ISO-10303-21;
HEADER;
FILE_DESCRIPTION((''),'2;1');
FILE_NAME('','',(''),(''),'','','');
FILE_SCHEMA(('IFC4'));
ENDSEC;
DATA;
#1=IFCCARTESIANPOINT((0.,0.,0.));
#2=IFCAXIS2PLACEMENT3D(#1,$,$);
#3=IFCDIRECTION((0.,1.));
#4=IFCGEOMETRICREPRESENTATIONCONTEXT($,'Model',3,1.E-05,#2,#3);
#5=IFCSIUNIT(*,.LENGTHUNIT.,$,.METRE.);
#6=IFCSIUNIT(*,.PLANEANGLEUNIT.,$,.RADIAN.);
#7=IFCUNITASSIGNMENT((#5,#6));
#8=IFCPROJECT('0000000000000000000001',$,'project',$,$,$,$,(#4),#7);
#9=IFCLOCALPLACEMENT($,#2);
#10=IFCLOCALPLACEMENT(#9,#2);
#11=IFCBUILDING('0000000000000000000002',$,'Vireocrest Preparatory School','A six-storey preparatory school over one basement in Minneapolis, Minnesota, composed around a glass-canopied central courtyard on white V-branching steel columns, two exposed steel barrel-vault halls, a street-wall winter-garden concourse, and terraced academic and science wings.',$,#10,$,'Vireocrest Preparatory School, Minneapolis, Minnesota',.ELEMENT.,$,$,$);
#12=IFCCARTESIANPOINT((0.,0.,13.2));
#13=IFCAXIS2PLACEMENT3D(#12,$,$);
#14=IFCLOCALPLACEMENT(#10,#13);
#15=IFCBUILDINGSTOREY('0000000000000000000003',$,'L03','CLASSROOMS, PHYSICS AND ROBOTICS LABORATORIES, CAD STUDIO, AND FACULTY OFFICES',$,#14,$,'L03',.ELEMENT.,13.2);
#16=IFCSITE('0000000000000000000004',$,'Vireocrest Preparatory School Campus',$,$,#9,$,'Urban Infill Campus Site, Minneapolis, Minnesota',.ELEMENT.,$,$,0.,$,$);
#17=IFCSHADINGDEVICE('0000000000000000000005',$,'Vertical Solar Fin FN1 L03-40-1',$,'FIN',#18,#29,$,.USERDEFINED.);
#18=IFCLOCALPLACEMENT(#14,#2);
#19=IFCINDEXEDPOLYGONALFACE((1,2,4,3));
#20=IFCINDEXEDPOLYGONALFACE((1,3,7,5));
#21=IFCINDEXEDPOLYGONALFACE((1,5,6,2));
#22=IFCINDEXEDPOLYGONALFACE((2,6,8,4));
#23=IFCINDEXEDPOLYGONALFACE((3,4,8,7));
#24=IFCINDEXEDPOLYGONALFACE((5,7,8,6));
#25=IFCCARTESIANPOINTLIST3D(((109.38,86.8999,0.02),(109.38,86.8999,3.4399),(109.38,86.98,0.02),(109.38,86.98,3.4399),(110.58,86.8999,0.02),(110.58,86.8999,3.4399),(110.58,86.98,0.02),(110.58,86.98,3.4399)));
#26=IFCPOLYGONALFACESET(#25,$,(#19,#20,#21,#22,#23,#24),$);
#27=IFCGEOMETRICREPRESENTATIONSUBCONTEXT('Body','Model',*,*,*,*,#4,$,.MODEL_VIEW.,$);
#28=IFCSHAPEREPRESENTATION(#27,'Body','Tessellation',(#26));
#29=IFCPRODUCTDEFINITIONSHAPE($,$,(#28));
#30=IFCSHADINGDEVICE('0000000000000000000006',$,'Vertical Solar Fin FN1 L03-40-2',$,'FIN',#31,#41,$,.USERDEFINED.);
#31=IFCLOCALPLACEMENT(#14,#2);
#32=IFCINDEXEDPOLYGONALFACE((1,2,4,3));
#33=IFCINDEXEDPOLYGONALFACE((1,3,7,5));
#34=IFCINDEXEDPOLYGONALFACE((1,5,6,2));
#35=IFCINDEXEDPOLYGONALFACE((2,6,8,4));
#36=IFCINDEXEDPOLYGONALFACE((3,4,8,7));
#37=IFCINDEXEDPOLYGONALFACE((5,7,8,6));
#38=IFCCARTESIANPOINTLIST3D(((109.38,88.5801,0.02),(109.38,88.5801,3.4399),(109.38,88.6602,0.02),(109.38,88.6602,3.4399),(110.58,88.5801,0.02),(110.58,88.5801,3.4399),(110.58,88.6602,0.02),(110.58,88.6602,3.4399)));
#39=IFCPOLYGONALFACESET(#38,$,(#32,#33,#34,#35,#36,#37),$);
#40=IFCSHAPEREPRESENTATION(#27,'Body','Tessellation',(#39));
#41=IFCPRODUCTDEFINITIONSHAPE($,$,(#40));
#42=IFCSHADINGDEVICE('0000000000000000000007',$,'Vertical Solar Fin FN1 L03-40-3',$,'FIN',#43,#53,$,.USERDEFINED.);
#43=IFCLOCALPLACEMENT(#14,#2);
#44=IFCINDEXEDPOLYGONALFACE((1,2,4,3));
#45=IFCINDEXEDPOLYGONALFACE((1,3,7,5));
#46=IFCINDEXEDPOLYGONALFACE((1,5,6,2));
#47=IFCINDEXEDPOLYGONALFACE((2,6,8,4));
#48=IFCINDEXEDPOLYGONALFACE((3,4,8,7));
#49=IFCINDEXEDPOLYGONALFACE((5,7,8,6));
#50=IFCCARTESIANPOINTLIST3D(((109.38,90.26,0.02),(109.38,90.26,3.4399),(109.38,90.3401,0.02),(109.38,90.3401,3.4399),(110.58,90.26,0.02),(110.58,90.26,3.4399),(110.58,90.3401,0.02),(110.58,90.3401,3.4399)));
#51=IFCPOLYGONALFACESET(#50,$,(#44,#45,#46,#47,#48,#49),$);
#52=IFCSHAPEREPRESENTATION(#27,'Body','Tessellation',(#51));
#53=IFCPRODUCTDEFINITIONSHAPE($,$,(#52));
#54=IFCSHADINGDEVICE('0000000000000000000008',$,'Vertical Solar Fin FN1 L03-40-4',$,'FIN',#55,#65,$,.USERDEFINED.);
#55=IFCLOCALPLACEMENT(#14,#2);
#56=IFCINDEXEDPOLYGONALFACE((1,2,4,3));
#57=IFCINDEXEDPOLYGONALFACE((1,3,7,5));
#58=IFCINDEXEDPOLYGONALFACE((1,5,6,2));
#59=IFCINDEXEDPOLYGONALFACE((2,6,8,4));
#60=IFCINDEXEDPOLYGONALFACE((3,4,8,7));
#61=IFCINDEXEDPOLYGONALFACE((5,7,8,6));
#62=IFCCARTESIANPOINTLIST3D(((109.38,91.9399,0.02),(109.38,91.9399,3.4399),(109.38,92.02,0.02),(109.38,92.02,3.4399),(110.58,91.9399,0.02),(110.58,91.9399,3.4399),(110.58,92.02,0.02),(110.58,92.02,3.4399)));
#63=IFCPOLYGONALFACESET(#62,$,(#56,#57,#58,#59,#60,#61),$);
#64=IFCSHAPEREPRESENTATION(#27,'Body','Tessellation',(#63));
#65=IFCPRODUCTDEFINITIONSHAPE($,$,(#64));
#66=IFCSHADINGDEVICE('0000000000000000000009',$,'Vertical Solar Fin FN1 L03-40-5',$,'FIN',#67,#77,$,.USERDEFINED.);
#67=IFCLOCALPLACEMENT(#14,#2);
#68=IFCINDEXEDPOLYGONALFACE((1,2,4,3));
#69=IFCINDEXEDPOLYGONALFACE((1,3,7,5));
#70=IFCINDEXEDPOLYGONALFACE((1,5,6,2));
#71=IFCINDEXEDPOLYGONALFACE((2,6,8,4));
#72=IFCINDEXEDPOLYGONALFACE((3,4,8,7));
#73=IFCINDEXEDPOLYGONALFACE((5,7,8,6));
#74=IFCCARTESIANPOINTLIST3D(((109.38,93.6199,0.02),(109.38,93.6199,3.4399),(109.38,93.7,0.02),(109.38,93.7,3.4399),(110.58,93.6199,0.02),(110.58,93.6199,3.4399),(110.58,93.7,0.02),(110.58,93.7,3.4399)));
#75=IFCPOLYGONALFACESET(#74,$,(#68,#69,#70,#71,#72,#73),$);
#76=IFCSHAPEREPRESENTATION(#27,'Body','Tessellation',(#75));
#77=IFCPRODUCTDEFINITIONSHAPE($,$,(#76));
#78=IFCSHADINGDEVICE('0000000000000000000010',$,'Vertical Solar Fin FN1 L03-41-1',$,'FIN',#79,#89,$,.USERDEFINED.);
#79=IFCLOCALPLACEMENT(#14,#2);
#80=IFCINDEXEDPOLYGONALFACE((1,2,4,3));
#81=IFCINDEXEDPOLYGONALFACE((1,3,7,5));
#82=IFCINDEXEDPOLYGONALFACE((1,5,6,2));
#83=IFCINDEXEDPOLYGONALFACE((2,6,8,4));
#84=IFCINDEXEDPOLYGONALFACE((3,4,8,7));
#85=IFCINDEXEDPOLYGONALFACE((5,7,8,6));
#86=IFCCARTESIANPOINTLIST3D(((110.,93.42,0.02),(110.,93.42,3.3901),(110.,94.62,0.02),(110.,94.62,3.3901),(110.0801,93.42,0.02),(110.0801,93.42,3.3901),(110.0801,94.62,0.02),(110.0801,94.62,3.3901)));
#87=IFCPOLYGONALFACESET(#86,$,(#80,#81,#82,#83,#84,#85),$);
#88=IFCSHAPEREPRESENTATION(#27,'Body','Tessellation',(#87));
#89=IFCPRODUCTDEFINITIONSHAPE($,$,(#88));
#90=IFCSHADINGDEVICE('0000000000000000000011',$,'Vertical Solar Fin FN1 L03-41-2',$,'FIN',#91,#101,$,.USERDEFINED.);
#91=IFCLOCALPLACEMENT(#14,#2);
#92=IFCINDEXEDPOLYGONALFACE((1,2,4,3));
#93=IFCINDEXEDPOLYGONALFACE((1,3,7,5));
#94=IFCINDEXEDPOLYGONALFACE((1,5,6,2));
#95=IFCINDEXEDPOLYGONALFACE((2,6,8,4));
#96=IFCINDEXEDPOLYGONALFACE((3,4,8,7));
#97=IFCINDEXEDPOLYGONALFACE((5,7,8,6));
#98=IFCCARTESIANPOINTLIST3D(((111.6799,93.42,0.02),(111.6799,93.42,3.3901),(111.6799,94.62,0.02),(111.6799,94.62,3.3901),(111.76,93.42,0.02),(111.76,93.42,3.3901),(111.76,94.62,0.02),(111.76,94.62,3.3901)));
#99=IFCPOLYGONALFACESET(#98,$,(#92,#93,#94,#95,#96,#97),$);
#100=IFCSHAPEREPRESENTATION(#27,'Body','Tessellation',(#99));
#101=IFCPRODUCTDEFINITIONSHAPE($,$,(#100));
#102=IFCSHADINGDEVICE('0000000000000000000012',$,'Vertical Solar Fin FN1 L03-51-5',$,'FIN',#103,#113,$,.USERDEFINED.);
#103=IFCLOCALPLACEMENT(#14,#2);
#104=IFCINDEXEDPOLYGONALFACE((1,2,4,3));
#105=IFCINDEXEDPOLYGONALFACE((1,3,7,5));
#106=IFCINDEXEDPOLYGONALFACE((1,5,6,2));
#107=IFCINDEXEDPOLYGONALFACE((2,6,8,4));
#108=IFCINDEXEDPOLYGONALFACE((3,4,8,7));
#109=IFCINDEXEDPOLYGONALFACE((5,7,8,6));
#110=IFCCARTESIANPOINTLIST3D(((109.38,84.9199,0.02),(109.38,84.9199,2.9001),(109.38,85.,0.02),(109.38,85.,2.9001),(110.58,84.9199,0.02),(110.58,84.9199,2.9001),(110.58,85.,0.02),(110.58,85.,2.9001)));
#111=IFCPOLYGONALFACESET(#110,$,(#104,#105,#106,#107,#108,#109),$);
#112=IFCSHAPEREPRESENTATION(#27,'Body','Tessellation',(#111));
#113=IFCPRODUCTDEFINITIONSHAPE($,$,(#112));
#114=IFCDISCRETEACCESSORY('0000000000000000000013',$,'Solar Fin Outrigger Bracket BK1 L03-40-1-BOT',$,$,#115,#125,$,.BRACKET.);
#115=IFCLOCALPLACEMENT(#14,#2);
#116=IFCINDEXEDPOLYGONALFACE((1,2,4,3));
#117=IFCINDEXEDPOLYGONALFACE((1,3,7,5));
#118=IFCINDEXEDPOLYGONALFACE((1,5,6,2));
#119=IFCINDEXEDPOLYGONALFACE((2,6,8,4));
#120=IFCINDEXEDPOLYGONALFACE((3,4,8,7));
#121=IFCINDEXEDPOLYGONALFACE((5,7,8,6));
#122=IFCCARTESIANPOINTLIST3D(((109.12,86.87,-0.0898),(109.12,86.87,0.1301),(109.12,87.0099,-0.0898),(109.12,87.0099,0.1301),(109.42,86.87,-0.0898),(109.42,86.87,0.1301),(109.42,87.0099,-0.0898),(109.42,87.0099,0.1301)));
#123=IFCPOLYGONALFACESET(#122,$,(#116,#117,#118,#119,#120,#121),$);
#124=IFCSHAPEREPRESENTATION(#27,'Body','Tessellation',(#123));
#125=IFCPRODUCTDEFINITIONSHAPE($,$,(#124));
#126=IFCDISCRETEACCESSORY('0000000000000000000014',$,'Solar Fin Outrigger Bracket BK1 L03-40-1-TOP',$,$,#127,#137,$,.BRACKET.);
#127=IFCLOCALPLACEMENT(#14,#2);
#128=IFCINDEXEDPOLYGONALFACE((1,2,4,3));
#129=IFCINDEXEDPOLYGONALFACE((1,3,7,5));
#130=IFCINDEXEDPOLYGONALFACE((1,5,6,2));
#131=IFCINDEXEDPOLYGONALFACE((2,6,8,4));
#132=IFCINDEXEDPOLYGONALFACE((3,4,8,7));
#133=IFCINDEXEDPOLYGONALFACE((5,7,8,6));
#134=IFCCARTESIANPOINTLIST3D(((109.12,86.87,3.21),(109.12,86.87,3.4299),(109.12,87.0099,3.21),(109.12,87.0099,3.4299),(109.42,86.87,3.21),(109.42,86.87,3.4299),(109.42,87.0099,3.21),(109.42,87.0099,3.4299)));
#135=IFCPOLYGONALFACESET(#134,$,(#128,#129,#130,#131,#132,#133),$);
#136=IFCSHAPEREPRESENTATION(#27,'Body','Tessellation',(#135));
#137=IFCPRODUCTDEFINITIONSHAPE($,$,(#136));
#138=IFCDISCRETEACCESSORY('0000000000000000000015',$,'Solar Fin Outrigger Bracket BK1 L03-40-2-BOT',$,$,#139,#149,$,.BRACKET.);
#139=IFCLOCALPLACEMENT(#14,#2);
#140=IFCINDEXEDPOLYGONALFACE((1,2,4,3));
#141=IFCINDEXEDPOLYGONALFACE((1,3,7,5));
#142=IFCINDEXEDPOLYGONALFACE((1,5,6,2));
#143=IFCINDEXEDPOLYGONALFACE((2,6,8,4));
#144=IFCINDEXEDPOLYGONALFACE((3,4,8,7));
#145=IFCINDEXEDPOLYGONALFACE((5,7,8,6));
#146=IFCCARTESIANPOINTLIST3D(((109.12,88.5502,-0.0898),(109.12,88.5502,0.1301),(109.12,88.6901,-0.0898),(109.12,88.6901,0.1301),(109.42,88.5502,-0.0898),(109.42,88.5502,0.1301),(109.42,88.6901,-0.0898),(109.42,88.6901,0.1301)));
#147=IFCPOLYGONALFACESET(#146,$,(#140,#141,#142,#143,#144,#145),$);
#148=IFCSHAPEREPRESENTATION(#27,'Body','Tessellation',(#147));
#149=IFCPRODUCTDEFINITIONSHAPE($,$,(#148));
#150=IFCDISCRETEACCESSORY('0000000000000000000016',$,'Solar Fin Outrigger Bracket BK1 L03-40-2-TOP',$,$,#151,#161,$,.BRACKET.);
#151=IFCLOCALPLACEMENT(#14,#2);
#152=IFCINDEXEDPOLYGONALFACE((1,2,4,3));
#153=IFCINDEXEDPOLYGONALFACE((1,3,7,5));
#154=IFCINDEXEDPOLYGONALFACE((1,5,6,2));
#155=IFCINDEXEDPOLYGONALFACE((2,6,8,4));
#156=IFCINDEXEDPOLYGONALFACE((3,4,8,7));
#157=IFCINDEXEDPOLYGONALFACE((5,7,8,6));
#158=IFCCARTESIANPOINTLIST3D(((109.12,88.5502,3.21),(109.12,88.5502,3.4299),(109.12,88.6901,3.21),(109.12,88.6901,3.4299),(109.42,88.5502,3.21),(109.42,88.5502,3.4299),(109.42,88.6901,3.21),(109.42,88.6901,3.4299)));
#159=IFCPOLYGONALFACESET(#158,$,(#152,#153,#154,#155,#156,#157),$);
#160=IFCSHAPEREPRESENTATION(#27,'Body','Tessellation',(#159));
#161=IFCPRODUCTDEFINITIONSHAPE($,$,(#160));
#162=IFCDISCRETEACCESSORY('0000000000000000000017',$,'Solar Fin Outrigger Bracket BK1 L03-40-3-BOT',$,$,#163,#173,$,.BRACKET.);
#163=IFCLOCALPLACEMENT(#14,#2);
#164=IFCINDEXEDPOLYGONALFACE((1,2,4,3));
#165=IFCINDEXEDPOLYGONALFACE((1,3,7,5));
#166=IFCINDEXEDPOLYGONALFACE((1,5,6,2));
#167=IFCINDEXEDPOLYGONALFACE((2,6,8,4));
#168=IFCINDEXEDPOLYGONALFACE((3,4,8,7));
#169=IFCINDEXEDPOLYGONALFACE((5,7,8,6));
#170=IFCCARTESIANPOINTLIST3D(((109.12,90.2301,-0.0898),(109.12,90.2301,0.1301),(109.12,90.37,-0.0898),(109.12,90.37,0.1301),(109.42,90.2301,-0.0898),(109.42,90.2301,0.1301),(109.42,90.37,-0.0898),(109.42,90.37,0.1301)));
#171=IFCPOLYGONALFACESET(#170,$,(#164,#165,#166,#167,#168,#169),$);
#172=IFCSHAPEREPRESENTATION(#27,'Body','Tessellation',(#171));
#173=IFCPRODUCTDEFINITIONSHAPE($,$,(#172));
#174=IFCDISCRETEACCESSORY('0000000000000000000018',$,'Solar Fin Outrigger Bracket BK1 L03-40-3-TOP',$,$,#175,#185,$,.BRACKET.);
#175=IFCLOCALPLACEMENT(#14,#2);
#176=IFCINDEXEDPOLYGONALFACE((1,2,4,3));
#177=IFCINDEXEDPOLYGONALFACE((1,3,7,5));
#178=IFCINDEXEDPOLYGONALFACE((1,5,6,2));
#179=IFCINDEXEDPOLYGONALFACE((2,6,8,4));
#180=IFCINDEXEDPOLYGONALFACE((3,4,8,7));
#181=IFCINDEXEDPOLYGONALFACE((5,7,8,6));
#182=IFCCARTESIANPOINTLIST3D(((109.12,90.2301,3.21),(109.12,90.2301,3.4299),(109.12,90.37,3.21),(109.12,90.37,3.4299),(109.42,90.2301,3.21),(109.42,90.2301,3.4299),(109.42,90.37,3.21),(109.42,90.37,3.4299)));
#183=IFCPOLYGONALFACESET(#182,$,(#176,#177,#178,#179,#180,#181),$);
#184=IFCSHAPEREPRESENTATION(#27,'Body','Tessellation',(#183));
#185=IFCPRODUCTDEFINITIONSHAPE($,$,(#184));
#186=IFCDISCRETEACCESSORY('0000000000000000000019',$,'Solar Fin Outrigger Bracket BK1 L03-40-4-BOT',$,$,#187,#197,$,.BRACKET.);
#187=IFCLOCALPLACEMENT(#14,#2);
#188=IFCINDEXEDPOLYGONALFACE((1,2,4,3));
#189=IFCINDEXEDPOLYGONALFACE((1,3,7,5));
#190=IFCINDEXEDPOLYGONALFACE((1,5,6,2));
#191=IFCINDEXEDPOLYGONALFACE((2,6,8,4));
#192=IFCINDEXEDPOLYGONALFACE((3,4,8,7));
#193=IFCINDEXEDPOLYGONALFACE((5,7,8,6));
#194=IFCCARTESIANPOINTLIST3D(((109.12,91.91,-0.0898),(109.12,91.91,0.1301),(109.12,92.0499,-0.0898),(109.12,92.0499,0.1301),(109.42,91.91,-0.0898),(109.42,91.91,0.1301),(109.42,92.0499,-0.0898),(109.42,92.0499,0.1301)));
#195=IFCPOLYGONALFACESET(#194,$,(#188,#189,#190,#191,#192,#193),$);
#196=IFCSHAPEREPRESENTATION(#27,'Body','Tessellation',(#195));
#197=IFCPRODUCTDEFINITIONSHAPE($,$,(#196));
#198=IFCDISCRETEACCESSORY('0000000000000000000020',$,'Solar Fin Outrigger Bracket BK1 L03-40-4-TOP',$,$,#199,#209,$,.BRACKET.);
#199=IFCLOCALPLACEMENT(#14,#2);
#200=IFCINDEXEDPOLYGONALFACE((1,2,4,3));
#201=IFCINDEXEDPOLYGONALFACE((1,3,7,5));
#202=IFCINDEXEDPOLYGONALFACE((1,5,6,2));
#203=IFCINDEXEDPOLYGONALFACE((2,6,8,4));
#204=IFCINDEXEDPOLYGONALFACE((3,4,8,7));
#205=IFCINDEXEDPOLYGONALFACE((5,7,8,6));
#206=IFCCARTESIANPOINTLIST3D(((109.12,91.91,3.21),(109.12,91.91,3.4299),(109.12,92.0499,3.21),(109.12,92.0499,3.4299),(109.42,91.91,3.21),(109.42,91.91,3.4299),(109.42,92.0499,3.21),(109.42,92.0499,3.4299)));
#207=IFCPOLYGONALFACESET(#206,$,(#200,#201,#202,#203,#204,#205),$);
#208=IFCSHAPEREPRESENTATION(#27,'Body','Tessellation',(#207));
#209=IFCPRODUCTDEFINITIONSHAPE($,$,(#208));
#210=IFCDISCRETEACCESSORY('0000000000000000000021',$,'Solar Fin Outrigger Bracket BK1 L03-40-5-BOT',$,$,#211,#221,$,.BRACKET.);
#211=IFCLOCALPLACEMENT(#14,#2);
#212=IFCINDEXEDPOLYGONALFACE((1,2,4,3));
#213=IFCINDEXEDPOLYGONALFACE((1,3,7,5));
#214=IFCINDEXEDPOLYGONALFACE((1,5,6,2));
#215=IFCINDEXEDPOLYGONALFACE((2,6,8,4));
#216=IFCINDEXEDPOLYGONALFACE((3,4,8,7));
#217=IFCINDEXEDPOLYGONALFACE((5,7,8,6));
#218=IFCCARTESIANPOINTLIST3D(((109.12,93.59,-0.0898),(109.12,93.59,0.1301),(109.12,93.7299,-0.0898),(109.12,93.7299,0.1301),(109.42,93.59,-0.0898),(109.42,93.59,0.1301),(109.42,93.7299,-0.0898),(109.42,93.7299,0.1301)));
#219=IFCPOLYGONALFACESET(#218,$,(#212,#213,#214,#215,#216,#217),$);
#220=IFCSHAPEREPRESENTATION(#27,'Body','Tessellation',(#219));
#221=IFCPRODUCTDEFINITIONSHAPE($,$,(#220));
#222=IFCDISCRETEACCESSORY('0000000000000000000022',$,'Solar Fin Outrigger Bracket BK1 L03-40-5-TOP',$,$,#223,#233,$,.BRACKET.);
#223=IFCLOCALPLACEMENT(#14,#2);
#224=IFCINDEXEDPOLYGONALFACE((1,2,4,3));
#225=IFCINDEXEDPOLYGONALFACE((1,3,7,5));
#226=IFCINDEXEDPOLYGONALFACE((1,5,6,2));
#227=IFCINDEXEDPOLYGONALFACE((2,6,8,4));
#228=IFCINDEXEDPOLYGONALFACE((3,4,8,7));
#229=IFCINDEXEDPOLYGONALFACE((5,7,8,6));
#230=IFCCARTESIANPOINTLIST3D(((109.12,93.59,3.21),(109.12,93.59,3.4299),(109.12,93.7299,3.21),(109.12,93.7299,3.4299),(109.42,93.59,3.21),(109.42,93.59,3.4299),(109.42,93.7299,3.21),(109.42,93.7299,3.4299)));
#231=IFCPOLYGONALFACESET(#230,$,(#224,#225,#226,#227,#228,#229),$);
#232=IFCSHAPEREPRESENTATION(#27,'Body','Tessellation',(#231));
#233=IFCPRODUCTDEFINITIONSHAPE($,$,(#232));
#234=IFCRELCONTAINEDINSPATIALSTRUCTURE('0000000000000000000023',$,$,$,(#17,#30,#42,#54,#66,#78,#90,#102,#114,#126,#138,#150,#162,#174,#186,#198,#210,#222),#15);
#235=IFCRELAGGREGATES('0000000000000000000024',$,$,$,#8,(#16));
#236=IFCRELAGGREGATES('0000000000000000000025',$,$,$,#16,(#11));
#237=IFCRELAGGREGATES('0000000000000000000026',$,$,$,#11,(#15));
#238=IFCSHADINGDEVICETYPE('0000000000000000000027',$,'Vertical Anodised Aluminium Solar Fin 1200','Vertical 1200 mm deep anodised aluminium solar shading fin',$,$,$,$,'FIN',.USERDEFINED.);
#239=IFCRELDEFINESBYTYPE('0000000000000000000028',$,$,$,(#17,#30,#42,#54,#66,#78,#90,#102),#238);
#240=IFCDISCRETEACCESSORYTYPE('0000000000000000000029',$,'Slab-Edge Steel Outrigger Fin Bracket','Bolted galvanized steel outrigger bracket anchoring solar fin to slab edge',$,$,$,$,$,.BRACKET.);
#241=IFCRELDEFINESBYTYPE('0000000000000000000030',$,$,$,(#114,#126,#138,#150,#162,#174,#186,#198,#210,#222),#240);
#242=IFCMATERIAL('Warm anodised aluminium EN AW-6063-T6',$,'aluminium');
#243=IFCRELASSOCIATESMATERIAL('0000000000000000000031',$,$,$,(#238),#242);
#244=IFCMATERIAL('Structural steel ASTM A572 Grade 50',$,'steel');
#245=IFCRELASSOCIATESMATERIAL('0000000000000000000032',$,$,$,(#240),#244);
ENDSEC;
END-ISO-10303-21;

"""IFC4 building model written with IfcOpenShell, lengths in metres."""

from ifc_helpers import new_model, si_unit, direction, frame, origin, origin_2d, place, context, subcontext, project, spatial, rectangle, extrude, material, material_profile, profile_set, type_object, element, save


model = new_model("IFC4")

# Units and contexts
model_context = context("Model", 3, precision=1e-05, world=origin(), true_north=direction((0.0, 1.0)))
body_context = subcontext(model_context, "Body", "Model", "MODEL_VIEW")
ifc_project = project(units=[si_unit("LENGTHUNIT", "METRE"), si_unit("PLANEANGLEUNIT", "RADIAN")], contexts=[model_context])

# Site, building, storey
site_placement = place(None, origin())
site = spatial("IfcSite", under=ifc_project, at=site_placement, Name="Vireocrest Preparatory School Campus", LongName="Urban Infill Campus Site, Minneapolis, Minnesota", CompositionType="ELEMENT", RefElevation=0.0)
building_placement = place(site_placement, origin())
building = spatial("IfcBuilding", under=site, at=building_placement, Name="Vireocrest Preparatory School", Description="A six-storey preparatory school over one basement in Minneapolis, Minnesota, composed around a glass-canopied central courtyard on white V-branching steel columns, two exposed steel barrel-vault halls, a street-wall winter-garden concourse, and terraced academic and science wings.", LongName="Vireocrest Preparatory School, Minneapolis, Minnesota", CompositionType="ELEMENT")
storey_placement = place(building_placement, frame((0.0, 0.0, 13.2)))
storey = spatial("IfcBuildingStorey", under=building, at=storey_placement, Name="L03", Description="CLASSROOMS, PHYSICS AND ROBOTICS LABORATORIES, CAD STUDIO, AND FACULTY OFFICES", LongName="L03", CompositionType="ELEMENT", Elevation=13.2)

# Shading devices
ifc_material_1 = material(Name="Warm anodised aluminium EN AW-6063-T6", Category="aluminium")
ifc_material_profile_1 = material_profile(ifc_material_1, rectangle(XDim=0.0801, YDim=1.2, at=origin_2d()), Name="FIN 80x1200")
ifc_profile_set_1 = profile_set([ifc_material_profile_1], Name="Warm anodised aluminium EN AW-6063-T6")
shading_device_type = type_object("IfcShadingDeviceType", Name="Vertical Anodised Aluminium Solar Fin 1200", Description="Vertical 1200 mm deep anodised aluminium solar shading fin", ElementType="FIN", PredefinedType="USERDEFINED", material=ifc_profile_set_1)
for number, where, z_axis, x_axis, name in (
    (1, (109.98, 86.9399, 0.02), (0.0, 0.0, 1.0), (0.0, -1.0, 0.0), "Vertical Solar Fin FN1 L03-40-1"),
    (2, (109.98, 88.6201, 0.02), (0.0, 0.0, 1.0), (0.0, -1.0, 0.0), "Vertical Solar Fin FN1 L03-40-2"),
    (3, (109.98, 90.3, 0.02), (0.0, 0.0, 1.0), (0.0, -1.0, 0.0), "Vertical Solar Fin FN1 L03-40-3"),
    (4, (109.98, 91.98, 0.02), (0.0, 0.0, 1.0), (0.0, -1.0, 0.0), "Vertical Solar Fin FN1 L03-40-4"),
    (5, (109.98, 93.6599, 0.02), (0.0, 0.0, 1.0), (0.0, -1.0, 0.0), "Vertical Solar Fin FN1 L03-40-5"),
):
    element("IfcShadingDevice", number, at=place(storey_placement, frame(where, z_axis=z_axis, x_axis=x_axis)), inside=storey, type_object=shading_device_type, Name=name, ObjectType="FIN", PredefinedType="USERDEFINED", context=body_context, shape_type="SweptSolid", body=[
        extrude(rectangle(XDim=0.0801, YDim=1.2, at=origin_2d()), origin(), (0.0, 0.0, 1.0), 3.4199),
    ])
for number, where, z_axis, x_axis, name in (
    (6, (110.04, 94.02, 0.02), (0.0, 0.0, 1.0), (-1.0, 0.0, 0.0), "Vertical Solar Fin FN1 L03-41-1"),
    (7, (111.72, 94.02, 0.02), (0.0, 0.0, 1.0), (-1.0, 0.0, 0.0), "Vertical Solar Fin FN1 L03-41-2"),
):
    element("IfcShadingDevice", number, at=place(storey_placement, frame(where, z_axis=z_axis, x_axis=x_axis)), inside=storey, type_object=shading_device_type, Name=name, ObjectType="FIN", PredefinedType="USERDEFINED", context=body_context, shape_type="SweptSolid", body=[
        extrude(rectangle(XDim=0.0801, YDim=1.2, at=origin_2d()), origin(), (0.0, 0.0, 1.0), 3.3701),
    ])
shading_device_placement = place(storey_placement, frame((109.98, 84.96, 0.02), z_axis=(0.0, 0.0, 1.0), x_axis=(0.0, -1.0, 0.0)))
element("IfcShadingDevice", 8, at=shading_device_placement, inside=storey, type_object=shading_device_type, Name="Vertical Solar Fin FN1 L03-51-5", ObjectType="FIN", PredefinedType="USERDEFINED", context=body_context, shape_type="SweptSolid", body=[
    extrude(rectangle(XDim=0.0801, YDim=1.2, at=origin_2d()), origin(), (0.0, 0.0, 1.0), 2.8801),
])

# Discrete accessories
ifc_material_2 = material(Name="Structural steel ASTM A572 Grade 50", Category="steel")
discrete_accessory_type = type_object("IfcDiscreteAccessoryType", Name="Slab-Edge Steel Outrigger Fin Bracket", Description="Bolted galvanized steel outrigger bracket anchoring solar fin to slab edge", PredefinedType="BRACKET", material=ifc_material_2)
for number, where, z_axis, x_axis, name in (
    (9, (109.27, 86.9399, -0.0898), (0.0, 0.0, 1.0), (0.0, -1.0, 0.0), "Solar Fin Outrigger Bracket BK1 L03-40-1-BOT"),
    (10, (109.27, 86.9399, 3.21), (0.0, 0.0, 1.0), (0.0, -1.0, 0.0), "Solar Fin Outrigger Bracket BK1 L03-40-1-TOP"),
    (11, (109.27, 88.6201, -0.0898), (0.0, 0.0, 1.0), (0.0, -1.0, 0.0), "Solar Fin Outrigger Bracket BK1 L03-40-2-BOT"),
    (12, (109.27, 88.6201, 3.21), (0.0, 0.0, 1.0), (0.0, -1.0, 0.0), "Solar Fin Outrigger Bracket BK1 L03-40-2-TOP"),
    (13, (109.27, 90.3, -0.0898), (0.0, 0.0, 1.0), (0.0, -1.0, 0.0), "Solar Fin Outrigger Bracket BK1 L03-40-3-BOT"),
    (14, (109.27, 90.3, 3.21), (0.0, 0.0, 1.0), (0.0, -1.0, 0.0), "Solar Fin Outrigger Bracket BK1 L03-40-3-TOP"),
    (15, (109.27, 91.98, -0.0898), (0.0, 0.0, 1.0), (0.0, -1.0, 0.0), "Solar Fin Outrigger Bracket BK1 L03-40-4-BOT"),
    (16, (109.27, 91.98, 3.21), (0.0, 0.0, 1.0), (0.0, -1.0, 0.0), "Solar Fin Outrigger Bracket BK1 L03-40-4-TOP"),
    (17, (109.27, 93.6599, -0.0898), (0.0, 0.0, 1.0), (0.0, -1.0, 0.0), "Solar Fin Outrigger Bracket BK1 L03-40-5-BOT"),
    (18, (109.27, 93.6599, 3.21), (0.0, 0.0, 1.0), (0.0, -1.0, 0.0), "Solar Fin Outrigger Bracket BK1 L03-40-5-TOP"),
):
    element("IfcDiscreteAccessory", number, at=place(storey_placement, frame(where, z_axis=z_axis, x_axis=x_axis)), inside=storey, type_object=discrete_accessory_type, Name=name, PredefinedType="BRACKET", context=body_context, shape_type="SweptSolid", body=[
        extrude(rectangle(XDim=0.1399, YDim=0.3, at=origin_2d()), origin(), (0.0, 0.0, 1.0), 0.22),
    ])

save(model, "model.ifc")
